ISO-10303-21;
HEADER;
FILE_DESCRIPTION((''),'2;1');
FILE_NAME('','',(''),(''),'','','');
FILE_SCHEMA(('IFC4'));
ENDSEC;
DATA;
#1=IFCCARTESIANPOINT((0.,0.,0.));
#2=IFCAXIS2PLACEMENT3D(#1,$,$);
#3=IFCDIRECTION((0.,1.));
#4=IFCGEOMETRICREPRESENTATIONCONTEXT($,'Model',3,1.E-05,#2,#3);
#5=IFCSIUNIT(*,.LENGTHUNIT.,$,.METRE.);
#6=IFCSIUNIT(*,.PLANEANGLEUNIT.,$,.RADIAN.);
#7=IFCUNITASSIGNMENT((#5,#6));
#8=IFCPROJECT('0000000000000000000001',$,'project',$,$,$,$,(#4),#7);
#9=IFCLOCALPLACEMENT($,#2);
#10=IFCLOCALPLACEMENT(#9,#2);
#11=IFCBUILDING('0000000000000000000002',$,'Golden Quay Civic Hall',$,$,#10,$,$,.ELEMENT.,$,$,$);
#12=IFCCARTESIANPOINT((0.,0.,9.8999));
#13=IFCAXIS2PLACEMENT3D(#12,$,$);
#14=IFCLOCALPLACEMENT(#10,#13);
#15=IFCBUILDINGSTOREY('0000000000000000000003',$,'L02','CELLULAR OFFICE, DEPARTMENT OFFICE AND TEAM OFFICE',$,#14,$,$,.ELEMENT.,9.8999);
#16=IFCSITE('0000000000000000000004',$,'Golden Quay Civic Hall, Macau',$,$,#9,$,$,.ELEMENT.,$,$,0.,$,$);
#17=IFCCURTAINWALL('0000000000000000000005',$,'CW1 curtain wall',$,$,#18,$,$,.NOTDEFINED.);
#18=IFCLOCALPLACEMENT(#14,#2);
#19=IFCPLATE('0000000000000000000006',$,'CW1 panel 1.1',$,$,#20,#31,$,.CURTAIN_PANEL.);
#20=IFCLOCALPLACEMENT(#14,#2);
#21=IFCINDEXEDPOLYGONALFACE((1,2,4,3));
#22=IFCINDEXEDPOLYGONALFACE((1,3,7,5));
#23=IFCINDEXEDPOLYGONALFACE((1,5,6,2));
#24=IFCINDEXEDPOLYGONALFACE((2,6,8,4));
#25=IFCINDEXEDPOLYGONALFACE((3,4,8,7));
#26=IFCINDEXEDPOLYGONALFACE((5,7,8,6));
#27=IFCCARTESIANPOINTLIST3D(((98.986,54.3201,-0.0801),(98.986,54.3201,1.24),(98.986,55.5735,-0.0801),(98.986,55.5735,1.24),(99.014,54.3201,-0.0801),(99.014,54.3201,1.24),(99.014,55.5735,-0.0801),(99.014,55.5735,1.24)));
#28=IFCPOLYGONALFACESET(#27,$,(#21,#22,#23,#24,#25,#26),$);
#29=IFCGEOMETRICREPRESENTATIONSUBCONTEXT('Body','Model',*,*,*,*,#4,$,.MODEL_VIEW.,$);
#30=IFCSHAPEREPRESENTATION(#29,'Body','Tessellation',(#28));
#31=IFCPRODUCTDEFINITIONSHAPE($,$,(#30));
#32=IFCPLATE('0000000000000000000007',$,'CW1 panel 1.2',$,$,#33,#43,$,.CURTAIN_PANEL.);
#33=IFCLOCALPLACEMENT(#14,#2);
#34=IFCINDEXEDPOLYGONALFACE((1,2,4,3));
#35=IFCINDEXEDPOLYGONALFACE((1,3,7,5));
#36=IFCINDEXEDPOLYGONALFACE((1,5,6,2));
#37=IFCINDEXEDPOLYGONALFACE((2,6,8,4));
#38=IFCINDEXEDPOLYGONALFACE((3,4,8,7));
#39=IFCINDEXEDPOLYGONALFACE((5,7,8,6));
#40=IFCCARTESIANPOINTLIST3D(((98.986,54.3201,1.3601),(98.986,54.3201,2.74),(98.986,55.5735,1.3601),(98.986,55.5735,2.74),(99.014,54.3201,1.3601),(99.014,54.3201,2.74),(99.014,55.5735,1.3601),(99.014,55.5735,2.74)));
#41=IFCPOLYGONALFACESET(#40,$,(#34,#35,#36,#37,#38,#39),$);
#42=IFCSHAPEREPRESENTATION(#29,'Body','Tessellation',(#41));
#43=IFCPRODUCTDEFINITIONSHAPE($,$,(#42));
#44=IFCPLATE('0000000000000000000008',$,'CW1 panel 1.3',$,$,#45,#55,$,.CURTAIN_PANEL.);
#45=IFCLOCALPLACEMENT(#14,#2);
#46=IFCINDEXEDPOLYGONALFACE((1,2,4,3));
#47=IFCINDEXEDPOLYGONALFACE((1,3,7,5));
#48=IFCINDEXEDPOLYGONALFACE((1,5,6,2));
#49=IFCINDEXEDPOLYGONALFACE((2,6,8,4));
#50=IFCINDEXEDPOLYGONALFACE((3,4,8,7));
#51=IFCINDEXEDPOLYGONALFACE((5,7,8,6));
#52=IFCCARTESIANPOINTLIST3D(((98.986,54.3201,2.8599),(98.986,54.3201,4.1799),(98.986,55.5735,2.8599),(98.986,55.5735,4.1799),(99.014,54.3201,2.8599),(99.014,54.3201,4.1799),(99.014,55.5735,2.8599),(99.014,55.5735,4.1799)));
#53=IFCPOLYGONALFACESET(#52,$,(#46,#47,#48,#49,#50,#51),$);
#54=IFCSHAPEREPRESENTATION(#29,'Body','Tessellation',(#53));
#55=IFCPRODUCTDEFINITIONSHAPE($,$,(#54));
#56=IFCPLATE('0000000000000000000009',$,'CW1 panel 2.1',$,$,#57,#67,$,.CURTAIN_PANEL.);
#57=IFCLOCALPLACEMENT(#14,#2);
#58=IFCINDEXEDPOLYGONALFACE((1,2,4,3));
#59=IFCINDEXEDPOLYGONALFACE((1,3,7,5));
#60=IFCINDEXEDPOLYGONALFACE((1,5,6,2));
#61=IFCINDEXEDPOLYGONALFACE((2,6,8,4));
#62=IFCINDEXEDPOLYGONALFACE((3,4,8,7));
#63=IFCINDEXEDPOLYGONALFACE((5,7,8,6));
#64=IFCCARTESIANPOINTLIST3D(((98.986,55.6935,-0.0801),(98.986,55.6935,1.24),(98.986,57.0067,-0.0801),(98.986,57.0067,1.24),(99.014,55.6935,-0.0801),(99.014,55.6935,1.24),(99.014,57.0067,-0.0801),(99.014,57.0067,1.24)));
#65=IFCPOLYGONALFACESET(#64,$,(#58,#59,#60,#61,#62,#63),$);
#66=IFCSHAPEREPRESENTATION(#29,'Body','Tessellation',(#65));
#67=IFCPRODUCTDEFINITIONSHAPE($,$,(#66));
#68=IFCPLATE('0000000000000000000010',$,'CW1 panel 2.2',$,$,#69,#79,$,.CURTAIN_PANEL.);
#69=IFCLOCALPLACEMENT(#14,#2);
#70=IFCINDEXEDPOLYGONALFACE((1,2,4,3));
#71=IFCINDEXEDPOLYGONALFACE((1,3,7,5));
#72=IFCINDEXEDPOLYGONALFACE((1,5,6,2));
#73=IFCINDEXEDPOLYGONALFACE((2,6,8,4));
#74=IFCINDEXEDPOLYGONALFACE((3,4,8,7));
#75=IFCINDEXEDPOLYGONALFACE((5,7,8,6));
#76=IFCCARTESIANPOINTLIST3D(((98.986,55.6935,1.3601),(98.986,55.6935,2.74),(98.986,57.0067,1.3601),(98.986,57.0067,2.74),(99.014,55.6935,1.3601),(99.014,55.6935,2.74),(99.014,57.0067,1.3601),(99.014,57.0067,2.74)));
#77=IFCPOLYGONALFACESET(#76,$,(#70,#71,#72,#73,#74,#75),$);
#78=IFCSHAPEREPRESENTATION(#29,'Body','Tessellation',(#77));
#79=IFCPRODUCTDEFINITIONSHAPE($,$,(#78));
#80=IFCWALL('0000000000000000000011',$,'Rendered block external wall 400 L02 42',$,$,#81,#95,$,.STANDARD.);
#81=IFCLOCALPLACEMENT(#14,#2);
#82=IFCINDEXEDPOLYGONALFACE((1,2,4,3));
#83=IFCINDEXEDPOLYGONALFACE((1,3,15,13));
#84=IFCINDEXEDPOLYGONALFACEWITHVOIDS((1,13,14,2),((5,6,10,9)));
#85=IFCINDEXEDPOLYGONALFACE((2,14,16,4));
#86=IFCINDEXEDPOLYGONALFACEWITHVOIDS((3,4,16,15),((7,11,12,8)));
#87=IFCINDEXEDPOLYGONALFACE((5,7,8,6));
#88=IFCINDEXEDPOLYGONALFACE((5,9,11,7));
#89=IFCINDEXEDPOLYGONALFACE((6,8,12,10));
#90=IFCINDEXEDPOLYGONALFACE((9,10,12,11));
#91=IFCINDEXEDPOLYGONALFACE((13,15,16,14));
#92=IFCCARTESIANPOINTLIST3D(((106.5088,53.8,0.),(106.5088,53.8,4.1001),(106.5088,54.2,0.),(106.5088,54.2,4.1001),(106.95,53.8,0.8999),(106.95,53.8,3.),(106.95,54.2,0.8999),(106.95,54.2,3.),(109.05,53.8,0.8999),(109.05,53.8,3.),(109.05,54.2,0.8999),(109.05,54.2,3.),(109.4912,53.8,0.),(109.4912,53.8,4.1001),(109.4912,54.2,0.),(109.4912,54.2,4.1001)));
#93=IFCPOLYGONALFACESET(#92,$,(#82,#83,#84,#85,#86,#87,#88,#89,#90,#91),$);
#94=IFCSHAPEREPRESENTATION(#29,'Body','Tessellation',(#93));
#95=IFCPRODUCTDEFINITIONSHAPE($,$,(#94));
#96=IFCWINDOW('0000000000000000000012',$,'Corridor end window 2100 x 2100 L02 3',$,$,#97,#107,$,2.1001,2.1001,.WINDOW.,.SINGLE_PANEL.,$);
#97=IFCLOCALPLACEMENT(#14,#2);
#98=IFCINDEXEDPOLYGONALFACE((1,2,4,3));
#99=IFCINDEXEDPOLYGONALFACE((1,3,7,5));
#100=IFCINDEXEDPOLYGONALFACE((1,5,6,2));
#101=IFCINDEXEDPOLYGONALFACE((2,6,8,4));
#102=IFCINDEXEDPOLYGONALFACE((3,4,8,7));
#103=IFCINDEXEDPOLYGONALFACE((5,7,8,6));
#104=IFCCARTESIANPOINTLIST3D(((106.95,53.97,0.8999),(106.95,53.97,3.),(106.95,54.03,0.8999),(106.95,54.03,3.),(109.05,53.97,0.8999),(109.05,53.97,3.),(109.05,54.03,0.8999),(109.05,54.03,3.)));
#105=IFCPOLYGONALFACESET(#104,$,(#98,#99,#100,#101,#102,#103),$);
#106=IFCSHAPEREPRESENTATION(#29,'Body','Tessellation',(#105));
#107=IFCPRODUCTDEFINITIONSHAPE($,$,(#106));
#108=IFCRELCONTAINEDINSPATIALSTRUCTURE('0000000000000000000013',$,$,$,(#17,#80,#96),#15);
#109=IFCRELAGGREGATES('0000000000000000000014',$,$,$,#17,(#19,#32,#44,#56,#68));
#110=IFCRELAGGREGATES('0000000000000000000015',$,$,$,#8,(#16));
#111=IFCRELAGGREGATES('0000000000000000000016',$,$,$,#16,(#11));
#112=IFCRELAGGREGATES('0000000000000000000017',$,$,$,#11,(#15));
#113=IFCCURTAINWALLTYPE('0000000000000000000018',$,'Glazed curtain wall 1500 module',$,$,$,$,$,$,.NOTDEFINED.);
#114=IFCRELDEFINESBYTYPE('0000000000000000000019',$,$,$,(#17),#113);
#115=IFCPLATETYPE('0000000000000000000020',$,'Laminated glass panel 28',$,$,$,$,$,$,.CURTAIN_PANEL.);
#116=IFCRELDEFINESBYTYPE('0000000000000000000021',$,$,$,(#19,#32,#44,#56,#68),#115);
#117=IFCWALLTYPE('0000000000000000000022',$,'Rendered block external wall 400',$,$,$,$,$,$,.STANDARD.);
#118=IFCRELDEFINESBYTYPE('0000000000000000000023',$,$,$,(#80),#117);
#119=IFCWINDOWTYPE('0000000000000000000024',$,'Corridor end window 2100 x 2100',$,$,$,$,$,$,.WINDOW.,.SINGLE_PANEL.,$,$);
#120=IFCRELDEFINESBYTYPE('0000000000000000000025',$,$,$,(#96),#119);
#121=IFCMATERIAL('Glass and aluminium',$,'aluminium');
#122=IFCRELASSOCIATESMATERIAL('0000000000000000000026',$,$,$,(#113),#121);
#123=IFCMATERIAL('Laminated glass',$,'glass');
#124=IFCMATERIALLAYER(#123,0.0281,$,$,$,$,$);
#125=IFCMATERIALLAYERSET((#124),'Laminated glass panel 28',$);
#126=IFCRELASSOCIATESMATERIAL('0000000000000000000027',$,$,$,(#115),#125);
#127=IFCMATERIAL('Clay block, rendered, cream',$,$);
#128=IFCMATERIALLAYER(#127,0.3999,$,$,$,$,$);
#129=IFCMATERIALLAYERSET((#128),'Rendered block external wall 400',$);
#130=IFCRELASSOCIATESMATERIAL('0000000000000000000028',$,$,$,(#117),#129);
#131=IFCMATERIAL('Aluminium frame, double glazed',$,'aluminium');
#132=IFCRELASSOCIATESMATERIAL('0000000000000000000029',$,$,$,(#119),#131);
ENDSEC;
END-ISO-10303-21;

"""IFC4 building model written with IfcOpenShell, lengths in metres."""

from ifc_helpers import new_model, si_unit, direction, frame, frame_2d, origin, origin_2d, place, context, subcontext, project, spatial, rectangle, extrude, material, layer, layer_set, type_object, element, fill, aggregate, save


model = new_model("IFC4")

# Units and contexts
model_context = context("Model", 3, precision=1e-05, world=origin(), true_north=direction((0.0, 1.0)))
body_context = subcontext(model_context, "Body", "Model", "MODEL_VIEW")
ifc_project = project(units=[si_unit("LENGTHUNIT", "METRE"), si_unit("PLANEANGLEUNIT", "RADIAN")], contexts=[model_context])

# Site, building, storey
site_placement = place(None, origin())
site = spatial("IfcSite", under=ifc_project, at=site_placement, Name="Golden Quay Civic Hall, Macau", CompositionType="ELEMENT", RefElevation=0.0)
building_placement = place(site_placement, origin())
building = spatial("IfcBuilding", under=site, at=building_placement, Name="Golden Quay Civic Hall", CompositionType="ELEMENT")
storey_placement = place(building_placement, frame((0.0, 0.0, 9.8999)))
storey = spatial("IfcBuildingStorey", under=building, at=storey_placement, Name="L02", Description="CELLULAR OFFICE, DEPARTMENT OFFICE AND TEAM OFFICE", CompositionType="ELEMENT", Elevation=9.8999)

# Curtain wall
ifc_material_1 = material(Name="Glass and aluminium", Category="aluminium")
curtain_wall_type_1 = type_object("IfcCurtainWallType", Name="Glazed curtain wall 1500 module", PredefinedType="NOTDEFINED", material=ifc_material_1)
curtain_wall_1_placement = place(storey_placement, origin())
curtain_wall_1 = element("IfcCurtainWall", 1, at=curtain_wall_1_placement, inside=storey, type_object=curtain_wall_type_1, Name="CW1 curtain wall", PredefinedType="NOTDEFINED")

# Plates
ifc_material_2 = material(Name="Laminated glass", Category="glass")
ifc_layer_1 = layer(ifc_material_2, 0.0281)
ifc_layer_set_1 = layer_set([ifc_layer_1], Name="Laminated glass panel 28")
plate_type_1 = type_object("IfcPlateType", Name="Laminated glass panel 28", PredefinedType="CURTAIN_PANEL", material=ifc_layer_set_1)
plate_1_placement = place(storey_placement, frame((99.0, 54.9468, -0.0801), z_axis=(0.0, 0.0, 1.0), x_axis=(0.0, 1.0, 0.0)))
plate_1 = element("IfcPlate", 2, at=plate_1_placement, type_object=plate_type_1, Name="CW1 panel 1.1", PredefinedType="CURTAIN_PANEL", context=body_context, shape_type="SweptSolid", body=[
    extrude(rectangle(XDim=1.2534, YDim=0.0281, at=origin_2d()), origin(), (0.0, 0.0, 1.0), 1.3201),
])
plate_2_placement = place(storey_placement, frame((99.0, 54.9468, 1.3601), z_axis=(0.0, 0.0, 1.0), x_axis=(0.0, 1.0, 0.0)))
plate_2 = element("IfcPlate", 3, at=plate_2_placement, type_object=plate_type_1, Name="CW1 panel 1.2", PredefinedType="CURTAIN_PANEL", context=body_context, shape_type="SweptSolid", body=[
    extrude(rectangle(XDim=1.2534, YDim=0.0281, at=origin_2d()), origin(), (0.0, 0.0, 1.0), 1.3799),
])
plate_3_placement = place(storey_placement, frame((99.0, 54.9468, 2.8599), z_axis=(0.0, 0.0, 1.0), x_axis=(0.0, 1.0, 0.0)))
plate_3 = element("IfcPlate", 4, at=plate_3_placement, type_object=plate_type_1, Name="CW1 panel 1.3", PredefinedType="CURTAIN_PANEL", context=body_context, shape_type="SweptSolid", body=[
    extrude(rectangle(XDim=1.2534, YDim=0.0281, at=origin_2d()), origin(), (0.0, 0.0, 1.0), 1.3201),
])
plate_4_placement = place(storey_placement, frame((99.0, 56.3501, -0.0801), z_axis=(0.0, 0.0, 1.0), x_axis=(0.0, 1.0, 0.0)))
plate_4 = element("IfcPlate", 5, at=plate_4_placement, type_object=plate_type_1, Name="CW1 panel 2.1", PredefinedType="CURTAIN_PANEL", context=body_context, shape_type="SweptSolid", body=[
    extrude(rectangle(XDim=1.3132, YDim=0.0281, at=origin_2d()), origin(), (0.0, 0.0, 1.0), 1.3201),
])
plate_5_placement = place(storey_placement, frame((99.0, 56.3501, 1.3601), z_axis=(0.0, 0.0, 1.0), x_axis=(0.0, 1.0, 0.0)))
plate_5 = element("IfcPlate", 6, at=plate_5_placement, type_object=plate_type_1, Name="CW1 panel 2.2", PredefinedType="CURTAIN_PANEL", context=body_context, shape_type="SweptSolid", body=[
    extrude(rectangle(XDim=1.3132, YDim=0.0281, at=origin_2d()), origin(), (0.0, 0.0, 1.0), 1.3799),
])
aggregate(curtain_wall_1, [plate_1, plate_2, plate_3, plate_4, plate_5])

# Wall, opening, window
ifc_material_3 = material(Name="Clay block, rendered, cream")
ifc_layer_2 = layer(ifc_material_3, 0.3999)
ifc_layer_set_2 = layer_set([ifc_layer_2], Name="Rendered block external wall 400")
wall_type = type_object("IfcWallType", Name="Rendered block external wall 400", PredefinedType="STANDARD", material=ifc_layer_set_2)
wall_placement = place(storey_placement, frame((106.5088, 54.0, 0.0), z_axis=(0.0, 0.0, 1.0), x_axis=(1.0, 0.0, 0.0)))
wall = element("IfcWall", 7, at=wall_placement, inside=storey, type_object=wall_type, Name="Rendered block external wall 400 L02 42", PredefinedType="STANDARD", context=body_context, shape_type="SweptSolid", body=[
    extrude(rectangle(XDim=2.9824, YDim=0.3999, at=frame_2d((1.4912, 0.0))), origin(), (0.0, 0.0, 1.0), 4.1001),
])
opening_placement = place(wall_placement, frame((0.4412, 0.0, 0.8999)))
opening = element("IfcOpeningElement", 8, at=opening_placement, cuts=wall, PredefinedType="OPENING", context=body_context, shape_type="SweptSolid", body=[
    extrude(rectangle(XDim=2.1001, YDim=2.1001, at=frame_2d((1.05, 1.05))), frame((0.0, 0.21, 0.0), z_axis=(0.0, -1.0, 0.0), x_axis=(1.0, 0.0, 0.0)), (0.0, 0.0, 1.0), 0.4199),
])
ifc_material_4 = material(Name="Aluminium frame, double glazed", Category="aluminium")
window_type = type_object("IfcWindowType", Name="Corridor end window 2100 x 2100", PartitioningType="SINGLE_PANEL", PredefinedType="WINDOW", material=ifc_material_4)
window_placement = place(opening_placement, origin())
window = element("IfcWindow", 9, at=window_placement, inside=storey, type_object=window_type, Name="Corridor end window 2100 x 2100 L02 3", OverallHeight=2.1001, OverallWidth=2.1001, PartitioningType="SINGLE_PANEL", PredefinedType="WINDOW", context=body_context, shape_type="SweptSolid", body=[
    extrude(rectangle(XDim=2.1001, YDim=2.1001, at=frame_2d((1.05, 1.05))), frame((0.0, 0.03, 0.0), z_axis=(0.0, -1.0, 0.0), x_axis=(1.0, 0.0, 0.0)), (0.0, 0.0, 1.0), 0.0601),
])
fill(opening, window)

save(model, "model.ifc")
